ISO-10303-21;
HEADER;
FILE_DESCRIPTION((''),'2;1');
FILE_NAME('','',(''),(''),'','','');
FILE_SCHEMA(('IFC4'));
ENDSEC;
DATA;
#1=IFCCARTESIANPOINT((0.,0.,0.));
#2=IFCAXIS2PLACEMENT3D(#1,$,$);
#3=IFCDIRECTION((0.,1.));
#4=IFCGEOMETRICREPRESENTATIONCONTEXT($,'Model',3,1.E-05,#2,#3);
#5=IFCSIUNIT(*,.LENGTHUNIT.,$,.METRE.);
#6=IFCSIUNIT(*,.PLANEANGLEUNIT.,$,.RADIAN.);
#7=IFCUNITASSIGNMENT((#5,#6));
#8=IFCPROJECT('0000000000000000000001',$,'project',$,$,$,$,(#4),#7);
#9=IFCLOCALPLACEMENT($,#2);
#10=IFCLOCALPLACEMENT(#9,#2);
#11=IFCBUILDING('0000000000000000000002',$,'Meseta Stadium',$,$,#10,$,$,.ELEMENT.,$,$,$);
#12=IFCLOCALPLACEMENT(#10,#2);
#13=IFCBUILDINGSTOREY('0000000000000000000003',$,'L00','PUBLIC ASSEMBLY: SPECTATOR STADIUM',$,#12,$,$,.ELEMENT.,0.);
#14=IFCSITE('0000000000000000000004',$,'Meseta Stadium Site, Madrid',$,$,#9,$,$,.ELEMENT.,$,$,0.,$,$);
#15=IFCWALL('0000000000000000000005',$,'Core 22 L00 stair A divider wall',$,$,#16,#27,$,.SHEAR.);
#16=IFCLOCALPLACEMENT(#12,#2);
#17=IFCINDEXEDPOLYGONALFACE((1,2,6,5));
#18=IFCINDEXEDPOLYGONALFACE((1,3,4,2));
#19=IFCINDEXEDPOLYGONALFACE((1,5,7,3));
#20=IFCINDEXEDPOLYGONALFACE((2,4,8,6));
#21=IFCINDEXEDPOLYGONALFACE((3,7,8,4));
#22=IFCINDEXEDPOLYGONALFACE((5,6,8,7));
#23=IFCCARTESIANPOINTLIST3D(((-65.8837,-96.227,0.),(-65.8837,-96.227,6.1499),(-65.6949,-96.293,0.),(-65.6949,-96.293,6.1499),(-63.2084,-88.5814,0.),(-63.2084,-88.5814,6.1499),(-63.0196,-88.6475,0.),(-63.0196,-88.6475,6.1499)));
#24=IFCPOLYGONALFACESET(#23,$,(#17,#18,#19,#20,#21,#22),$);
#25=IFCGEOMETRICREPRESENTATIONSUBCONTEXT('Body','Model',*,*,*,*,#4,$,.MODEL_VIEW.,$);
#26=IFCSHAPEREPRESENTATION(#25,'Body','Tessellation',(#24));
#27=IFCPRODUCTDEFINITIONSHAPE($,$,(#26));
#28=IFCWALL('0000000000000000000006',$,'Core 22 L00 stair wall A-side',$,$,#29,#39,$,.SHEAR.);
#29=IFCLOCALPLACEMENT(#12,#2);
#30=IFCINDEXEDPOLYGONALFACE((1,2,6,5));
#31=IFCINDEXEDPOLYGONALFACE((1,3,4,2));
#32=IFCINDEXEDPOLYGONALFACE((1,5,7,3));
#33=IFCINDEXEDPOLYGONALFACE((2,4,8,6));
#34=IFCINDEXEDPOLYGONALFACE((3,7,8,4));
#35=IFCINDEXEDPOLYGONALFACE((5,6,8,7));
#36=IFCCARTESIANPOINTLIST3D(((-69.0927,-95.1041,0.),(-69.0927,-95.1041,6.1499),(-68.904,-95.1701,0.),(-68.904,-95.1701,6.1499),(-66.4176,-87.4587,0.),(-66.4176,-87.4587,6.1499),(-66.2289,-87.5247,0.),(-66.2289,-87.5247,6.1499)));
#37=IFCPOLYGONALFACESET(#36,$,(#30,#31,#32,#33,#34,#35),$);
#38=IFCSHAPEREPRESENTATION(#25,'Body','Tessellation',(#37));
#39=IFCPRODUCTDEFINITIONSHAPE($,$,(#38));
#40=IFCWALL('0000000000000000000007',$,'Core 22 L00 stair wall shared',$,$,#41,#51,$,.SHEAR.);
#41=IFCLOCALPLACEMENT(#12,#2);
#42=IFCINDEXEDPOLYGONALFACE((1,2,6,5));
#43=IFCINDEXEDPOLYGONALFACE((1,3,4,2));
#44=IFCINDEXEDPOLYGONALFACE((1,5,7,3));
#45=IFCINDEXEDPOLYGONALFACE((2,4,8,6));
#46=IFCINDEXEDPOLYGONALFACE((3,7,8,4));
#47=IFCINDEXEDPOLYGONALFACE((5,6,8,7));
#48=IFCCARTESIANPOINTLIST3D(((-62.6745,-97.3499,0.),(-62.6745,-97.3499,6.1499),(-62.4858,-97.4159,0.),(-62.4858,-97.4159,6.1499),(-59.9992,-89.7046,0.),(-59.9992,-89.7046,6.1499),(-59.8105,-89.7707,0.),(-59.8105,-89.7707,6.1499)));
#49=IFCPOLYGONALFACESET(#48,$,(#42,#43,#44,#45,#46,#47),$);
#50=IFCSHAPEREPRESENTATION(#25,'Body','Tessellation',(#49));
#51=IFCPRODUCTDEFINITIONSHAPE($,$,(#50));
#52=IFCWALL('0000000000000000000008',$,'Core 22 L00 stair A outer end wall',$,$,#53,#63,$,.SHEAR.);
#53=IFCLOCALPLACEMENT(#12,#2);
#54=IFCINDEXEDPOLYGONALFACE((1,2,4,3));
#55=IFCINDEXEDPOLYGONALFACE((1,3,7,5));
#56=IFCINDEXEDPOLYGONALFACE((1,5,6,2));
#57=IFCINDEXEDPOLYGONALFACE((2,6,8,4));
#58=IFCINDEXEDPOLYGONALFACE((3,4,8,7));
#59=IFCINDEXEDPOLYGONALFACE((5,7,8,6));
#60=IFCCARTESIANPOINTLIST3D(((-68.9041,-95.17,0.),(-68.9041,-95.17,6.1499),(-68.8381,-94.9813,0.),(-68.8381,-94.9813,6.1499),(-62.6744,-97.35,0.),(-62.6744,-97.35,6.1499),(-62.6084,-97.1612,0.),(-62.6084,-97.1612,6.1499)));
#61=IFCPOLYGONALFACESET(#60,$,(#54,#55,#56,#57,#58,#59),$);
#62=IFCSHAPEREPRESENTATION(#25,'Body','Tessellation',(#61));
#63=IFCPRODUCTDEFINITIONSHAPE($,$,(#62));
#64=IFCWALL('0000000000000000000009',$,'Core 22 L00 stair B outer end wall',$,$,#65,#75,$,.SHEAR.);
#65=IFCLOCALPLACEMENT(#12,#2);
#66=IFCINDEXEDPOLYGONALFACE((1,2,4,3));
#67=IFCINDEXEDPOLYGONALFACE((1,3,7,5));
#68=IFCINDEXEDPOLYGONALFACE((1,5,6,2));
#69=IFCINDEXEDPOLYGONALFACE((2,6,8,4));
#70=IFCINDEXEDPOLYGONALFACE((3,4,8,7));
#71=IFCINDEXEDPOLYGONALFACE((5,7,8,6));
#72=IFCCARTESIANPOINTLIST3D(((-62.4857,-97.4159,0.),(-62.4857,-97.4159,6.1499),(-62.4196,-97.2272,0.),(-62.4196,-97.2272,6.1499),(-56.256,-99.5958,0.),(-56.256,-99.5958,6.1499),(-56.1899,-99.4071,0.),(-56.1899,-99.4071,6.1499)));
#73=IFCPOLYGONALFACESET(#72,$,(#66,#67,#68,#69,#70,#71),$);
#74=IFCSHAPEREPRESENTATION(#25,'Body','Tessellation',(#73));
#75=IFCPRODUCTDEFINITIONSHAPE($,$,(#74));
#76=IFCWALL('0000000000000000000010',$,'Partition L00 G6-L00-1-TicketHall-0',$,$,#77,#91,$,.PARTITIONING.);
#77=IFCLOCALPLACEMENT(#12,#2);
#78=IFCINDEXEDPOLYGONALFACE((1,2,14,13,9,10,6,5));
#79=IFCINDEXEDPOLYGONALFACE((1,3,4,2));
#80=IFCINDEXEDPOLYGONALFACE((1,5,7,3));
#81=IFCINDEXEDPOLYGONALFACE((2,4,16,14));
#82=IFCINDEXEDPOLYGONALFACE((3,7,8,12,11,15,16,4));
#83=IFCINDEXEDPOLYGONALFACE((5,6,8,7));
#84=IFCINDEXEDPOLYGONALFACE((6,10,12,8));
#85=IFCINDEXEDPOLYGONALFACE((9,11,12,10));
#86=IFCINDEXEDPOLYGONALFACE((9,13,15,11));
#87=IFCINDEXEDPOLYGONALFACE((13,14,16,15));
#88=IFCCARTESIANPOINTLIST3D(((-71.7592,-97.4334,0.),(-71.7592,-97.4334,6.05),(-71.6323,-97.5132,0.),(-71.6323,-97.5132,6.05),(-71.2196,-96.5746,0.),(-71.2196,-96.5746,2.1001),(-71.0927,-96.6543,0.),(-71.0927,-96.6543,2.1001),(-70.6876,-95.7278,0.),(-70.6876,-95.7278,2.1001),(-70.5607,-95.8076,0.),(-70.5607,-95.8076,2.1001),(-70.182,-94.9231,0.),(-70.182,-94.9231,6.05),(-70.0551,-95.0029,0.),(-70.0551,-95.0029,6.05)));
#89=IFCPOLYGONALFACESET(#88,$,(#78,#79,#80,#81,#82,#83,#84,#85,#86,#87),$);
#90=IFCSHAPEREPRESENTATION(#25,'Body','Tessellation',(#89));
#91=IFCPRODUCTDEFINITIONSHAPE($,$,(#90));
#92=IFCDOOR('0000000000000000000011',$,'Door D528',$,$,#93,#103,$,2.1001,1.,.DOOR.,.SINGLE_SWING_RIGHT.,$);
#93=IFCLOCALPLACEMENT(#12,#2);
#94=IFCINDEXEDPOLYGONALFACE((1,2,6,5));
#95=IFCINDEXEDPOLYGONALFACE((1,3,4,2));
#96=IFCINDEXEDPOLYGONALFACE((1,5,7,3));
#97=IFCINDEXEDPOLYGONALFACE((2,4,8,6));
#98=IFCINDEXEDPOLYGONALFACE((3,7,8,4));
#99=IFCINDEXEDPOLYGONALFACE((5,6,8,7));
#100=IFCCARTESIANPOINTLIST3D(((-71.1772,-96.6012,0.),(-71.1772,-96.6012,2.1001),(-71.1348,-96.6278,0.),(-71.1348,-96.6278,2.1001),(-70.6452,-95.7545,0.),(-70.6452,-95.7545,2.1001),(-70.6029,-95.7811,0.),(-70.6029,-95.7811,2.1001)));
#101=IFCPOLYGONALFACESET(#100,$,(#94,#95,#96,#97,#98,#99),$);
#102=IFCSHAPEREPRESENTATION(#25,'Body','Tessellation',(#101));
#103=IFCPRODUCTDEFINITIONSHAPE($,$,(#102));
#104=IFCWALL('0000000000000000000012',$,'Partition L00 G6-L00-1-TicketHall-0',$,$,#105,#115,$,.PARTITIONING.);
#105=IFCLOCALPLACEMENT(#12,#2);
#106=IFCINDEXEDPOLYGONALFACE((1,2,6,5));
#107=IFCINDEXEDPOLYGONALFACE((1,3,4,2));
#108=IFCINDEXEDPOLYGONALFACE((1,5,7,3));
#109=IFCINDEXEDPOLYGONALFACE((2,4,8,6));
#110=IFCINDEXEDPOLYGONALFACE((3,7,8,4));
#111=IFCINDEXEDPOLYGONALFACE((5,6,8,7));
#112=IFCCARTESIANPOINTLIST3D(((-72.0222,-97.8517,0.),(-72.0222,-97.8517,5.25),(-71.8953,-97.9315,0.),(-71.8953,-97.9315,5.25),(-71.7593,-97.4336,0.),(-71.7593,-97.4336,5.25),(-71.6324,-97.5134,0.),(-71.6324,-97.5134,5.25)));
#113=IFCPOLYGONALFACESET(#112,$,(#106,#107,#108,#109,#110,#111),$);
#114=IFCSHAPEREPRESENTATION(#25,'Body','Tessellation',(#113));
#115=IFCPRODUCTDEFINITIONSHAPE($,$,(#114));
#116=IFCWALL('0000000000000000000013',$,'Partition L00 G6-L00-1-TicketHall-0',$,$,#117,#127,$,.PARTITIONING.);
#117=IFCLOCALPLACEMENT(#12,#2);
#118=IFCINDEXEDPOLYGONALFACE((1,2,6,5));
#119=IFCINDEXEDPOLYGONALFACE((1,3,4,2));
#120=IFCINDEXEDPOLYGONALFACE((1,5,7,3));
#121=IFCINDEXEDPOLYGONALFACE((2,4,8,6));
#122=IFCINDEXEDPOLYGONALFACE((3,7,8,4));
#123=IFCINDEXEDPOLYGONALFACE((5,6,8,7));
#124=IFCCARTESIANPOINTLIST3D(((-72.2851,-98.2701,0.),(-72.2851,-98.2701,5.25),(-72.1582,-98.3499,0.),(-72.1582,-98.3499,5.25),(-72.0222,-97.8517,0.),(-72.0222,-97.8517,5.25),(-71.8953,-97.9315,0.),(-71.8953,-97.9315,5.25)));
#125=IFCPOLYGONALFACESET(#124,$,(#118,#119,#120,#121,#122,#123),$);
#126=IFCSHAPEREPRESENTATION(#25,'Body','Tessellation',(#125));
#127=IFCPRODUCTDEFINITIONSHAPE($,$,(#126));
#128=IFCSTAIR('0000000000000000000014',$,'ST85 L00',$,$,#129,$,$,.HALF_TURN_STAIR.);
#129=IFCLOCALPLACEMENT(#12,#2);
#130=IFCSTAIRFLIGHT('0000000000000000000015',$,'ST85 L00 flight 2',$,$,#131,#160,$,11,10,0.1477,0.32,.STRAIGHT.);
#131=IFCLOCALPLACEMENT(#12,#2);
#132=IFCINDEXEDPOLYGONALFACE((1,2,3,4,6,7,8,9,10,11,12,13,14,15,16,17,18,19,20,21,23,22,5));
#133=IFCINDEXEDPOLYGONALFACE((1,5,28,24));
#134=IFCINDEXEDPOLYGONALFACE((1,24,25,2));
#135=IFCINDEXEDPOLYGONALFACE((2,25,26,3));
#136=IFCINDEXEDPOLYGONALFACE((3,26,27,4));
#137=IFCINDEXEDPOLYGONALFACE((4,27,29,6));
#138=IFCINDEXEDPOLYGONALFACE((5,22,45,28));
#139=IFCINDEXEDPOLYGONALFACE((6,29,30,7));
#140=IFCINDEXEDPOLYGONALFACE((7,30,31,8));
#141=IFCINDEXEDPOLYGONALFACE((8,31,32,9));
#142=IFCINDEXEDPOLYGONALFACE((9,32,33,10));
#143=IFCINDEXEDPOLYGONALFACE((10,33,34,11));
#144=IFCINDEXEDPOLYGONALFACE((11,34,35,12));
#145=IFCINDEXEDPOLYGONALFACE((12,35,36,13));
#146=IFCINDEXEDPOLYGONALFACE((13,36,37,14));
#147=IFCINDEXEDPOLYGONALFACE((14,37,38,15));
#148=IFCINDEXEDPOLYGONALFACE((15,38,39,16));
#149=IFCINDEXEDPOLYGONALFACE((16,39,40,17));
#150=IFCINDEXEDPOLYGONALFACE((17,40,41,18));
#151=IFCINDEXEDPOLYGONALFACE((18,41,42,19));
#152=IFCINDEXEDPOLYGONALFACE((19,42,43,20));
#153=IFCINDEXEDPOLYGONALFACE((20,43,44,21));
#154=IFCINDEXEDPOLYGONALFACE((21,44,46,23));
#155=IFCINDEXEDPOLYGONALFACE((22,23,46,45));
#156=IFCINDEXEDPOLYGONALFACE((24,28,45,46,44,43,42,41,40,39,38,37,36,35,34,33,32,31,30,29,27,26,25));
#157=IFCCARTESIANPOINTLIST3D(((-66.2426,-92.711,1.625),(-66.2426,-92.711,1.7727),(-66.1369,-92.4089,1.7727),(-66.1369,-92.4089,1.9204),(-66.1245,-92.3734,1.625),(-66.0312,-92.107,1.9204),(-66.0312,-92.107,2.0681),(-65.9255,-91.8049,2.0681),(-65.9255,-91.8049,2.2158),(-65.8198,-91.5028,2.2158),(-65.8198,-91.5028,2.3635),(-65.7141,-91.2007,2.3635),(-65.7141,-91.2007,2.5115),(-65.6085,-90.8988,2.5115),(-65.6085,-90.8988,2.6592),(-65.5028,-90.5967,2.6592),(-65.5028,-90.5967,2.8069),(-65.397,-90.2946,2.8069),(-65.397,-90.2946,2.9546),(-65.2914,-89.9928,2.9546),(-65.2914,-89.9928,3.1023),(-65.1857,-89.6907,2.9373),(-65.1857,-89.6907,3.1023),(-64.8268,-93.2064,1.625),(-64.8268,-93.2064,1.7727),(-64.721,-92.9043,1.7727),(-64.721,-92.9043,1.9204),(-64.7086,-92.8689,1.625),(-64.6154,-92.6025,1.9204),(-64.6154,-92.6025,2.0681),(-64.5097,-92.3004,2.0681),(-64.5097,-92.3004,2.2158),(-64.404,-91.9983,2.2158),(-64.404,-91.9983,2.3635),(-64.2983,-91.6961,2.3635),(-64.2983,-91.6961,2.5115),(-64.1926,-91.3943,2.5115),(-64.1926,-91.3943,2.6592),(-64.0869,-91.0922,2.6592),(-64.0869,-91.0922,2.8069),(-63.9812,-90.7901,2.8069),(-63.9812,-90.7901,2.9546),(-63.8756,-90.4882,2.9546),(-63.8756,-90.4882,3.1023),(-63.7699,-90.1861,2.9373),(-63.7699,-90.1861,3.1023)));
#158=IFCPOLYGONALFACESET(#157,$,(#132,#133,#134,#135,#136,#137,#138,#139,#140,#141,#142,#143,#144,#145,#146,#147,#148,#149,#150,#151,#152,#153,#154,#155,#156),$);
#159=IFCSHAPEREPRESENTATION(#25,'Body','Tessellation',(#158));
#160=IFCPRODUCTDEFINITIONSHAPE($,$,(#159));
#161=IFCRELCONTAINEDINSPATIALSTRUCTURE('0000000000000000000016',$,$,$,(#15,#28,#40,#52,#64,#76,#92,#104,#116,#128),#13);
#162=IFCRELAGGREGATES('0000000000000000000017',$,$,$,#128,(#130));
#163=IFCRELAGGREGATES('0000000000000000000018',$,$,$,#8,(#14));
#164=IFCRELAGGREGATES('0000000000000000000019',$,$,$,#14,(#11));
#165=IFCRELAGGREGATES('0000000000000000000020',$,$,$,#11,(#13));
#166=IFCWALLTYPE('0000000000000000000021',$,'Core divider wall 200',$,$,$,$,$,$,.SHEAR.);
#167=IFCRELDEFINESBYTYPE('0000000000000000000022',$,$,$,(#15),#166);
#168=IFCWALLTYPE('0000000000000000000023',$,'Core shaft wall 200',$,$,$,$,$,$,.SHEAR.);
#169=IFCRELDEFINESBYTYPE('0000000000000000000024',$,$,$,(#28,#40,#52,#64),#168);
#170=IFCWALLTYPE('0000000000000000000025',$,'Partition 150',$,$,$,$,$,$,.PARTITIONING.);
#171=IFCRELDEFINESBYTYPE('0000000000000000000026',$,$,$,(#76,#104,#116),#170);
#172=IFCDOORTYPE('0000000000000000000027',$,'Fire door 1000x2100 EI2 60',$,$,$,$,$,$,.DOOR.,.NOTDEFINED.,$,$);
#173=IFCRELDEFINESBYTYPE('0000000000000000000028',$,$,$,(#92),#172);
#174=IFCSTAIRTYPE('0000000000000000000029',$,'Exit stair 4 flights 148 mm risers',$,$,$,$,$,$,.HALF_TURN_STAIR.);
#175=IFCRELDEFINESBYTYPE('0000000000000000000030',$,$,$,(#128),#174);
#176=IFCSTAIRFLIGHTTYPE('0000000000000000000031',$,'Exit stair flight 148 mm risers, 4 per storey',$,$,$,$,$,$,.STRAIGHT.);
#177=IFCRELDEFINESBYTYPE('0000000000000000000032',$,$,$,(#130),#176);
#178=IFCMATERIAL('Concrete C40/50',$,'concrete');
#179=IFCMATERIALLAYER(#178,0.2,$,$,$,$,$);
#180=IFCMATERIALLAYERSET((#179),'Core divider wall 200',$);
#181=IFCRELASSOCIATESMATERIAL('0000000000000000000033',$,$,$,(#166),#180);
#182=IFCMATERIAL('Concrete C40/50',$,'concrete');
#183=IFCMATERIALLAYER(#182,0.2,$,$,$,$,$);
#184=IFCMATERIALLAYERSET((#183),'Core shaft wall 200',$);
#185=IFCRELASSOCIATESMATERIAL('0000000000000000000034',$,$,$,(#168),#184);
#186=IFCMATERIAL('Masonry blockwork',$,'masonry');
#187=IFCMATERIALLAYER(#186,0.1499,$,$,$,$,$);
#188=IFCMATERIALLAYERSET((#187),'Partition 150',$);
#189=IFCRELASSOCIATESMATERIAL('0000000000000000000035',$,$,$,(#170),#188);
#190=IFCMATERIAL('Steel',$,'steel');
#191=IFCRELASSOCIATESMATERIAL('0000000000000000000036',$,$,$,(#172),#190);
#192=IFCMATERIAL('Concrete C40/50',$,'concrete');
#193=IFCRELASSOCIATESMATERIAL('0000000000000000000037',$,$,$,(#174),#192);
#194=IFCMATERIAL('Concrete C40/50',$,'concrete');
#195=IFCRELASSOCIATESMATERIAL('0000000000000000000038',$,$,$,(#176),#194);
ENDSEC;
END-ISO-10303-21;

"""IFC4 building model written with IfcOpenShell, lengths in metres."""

from ifc_helpers import new_model, si_unit, direction, frame, frame_2d, origin, place, context, subcontext, project, spatial, polyline, rectangle, outline, extrude, material, layer, layer_set, type_object, element, fill, aggregate, save


model = new_model("IFC4")

# Units and contexts
model_context = context("Model", 3, precision=1e-05, world=origin(), true_north=direction((0.0, 1.0)))
body_context = subcontext(model_context, "Body", "Model", "MODEL_VIEW")
ifc_project = project(units=[si_unit("LENGTHUNIT", "METRE"), si_unit("PLANEANGLEUNIT", "RADIAN")], contexts=[model_context])

# Site, building, storey
site_placement = place(None, origin())
site = spatial("IfcSite", under=ifc_project, at=site_placement, Name="Meseta Stadium Site, Madrid", CompositionType="ELEMENT", RefElevation=0.0)
building_placement = place(site_placement, origin())
building = spatial("IfcBuilding", under=site, at=building_placement, Name="Meseta Stadium", CompositionType="ELEMENT")
storey_placement = place(building_placement, origin())
storey = spatial("IfcBuildingStorey", under=building, at=storey_placement, Name="L00", Description="PUBLIC ASSEMBLY: SPECTATOR STADIUM", CompositionType="ELEMENT", Elevation=0.0)

# Walls
ifc_material_1 = material(Name="Concrete C40/50", Category="concrete")
ifc_layer_1 = layer(ifc_material_1, 0.2)
ifc_layer_set_1 = layer_set([ifc_layer_1], Name="Core divider wall 200")
wall_type_1 = type_object("IfcWallType", Name="Core divider wall 200", PredefinedType="SHEAR", material=ifc_layer_set_1)
wall_1_placement = place(storey_placement, frame((-65.7893, -96.26, 0.0), z_axis=(0.0, 0.0, 1.0), x_axis=(0.330281, 0.943883, 0.0)))
element("IfcWall", 1, at=wall_1_placement, inside=storey, type_object=wall_type_1, Name="Core 22 L00 stair A divider wall", PredefinedType="SHEAR", context=body_context, shape_type="SweptSolid", body=[
    extrude(rectangle(XDim=8.1001, YDim=0.2, at=frame_2d((4.05, 0.0))), origin(), (0.0, 0.0, 1.0), 6.1499),
])
ifc_material_2 = material(Name="Concrete C40/50", Category="concrete")
ifc_layer_2 = layer(ifc_material_2, 0.2)
ifc_layer_set_2 = layer_set([ifc_layer_2], Name="Core shaft wall 200")
wall_type_2 = type_object("IfcWallType", Name="Core shaft wall 200", PredefinedType="SHEAR", material=ifc_layer_set_2)
for number, where, z_axis, x_axis, name in (
    (2, (-68.9983, -95.137, 0.0), (0.0, 0.0, 1.0), (0.330263, 0.943889, 0.0), "Core 22 L00 stair wall A-side"),
    (3, (-62.5801, -97.3828, 0.0), (0.0, 0.0, 1.0), (0.33029, 0.94388, 0.0), "Core 22 L00 stair wall shared"),
):
    element("IfcWall", number, at=place(storey_placement, frame(where, z_axis=z_axis, x_axis=x_axis)), inside=storey, type_object=wall_type_2, Name=name, PredefinedType="SHEAR", context=body_context, shape_type="SweptSolid", body=[
        extrude(rectangle(XDim=8.0999, YDim=0.2, at=frame_2d((4.0498, 0.0))), origin(), (0.0, 0.0, 1.0), 6.1499),
    ])
for number, where, z_axis, x_axis, name in (
    (4, (-68.8711, -95.0757, 0.0), (0.0, 0.0, 1.0), (0.943881, -0.330286, 0.0), "Core 22 L00 stair A outer end wall"),
    (5, (-62.4526, -97.3215, 0.0), (0.0, 0.0, 1.0), (0.943881, -0.330286, 0.0), "Core 22 L00 stair B outer end wall"),
):
    element("IfcWall", number, at=place(storey_placement, frame(where, z_axis=z_axis, x_axis=x_axis)), inside=storey, type_object=wall_type_2, Name=name, PredefinedType="SHEAR", context=body_context, shape_type="SweptSolid", body=[
        extrude(rectangle(XDim=6.6001, YDim=0.2, at=frame_2d((3.3, 0.0))), origin(), (0.0, 0.0, 1.0), 6.1499),
    ])

# Wall, opening, door
ifc_material_3 = material(Name="Masonry blockwork", Category="masonry")
ifc_layer_3 = layer(ifc_material_3, 0.1499)
ifc_layer_set_3 = layer_set([ifc_layer_3], Name="Partition 150")
wall_type_3 = type_object("IfcWallType", Name="Partition 150", PredefinedType="PARTITIONING", material=ifc_layer_set_3)
wall_2_placement = place(storey_placement, frame((-71.6958, -97.4734, 0.0), z_axis=(0.0, 0.0, 1.0), x_axis=(0.531996, 0.846747, 0.0)))
wall_2 = element("IfcWall", 6, at=wall_2_placement, inside=storey, type_object=wall_type_3, Name="Partition L00 G6-L00-1-TicketHall-0", PredefinedType="PARTITIONING", context=body_context, shape_type="SweptSolid", body=[
    extrude(rectangle(XDim=2.9646, YDim=0.1499, at=frame_2d((1.4824, 0.0))), origin(), (0.0, 0.0, 1.0), 6.05),
])
opening_placement = place(wall_2_placement, frame((1.0144, 0.0, 0.0)))
opening = element("IfcOpeningElement", 7, at=opening_placement, cuts=wall_2, PredefinedType="OPENING", context=body_context, shape_type="SweptSolid", body=[
    extrude(rectangle(XDim=1.0, YDim=2.1001, at=frame_2d((0.5, 1.05))), frame((0.0, 0.085, 0.0), z_axis=(0.0, -1.0, 0.0), x_axis=(1.0, 0.0, 0.0)), (0.0, 0.0, 1.0), 0.1699),
])
ifc_material_4 = material(Name="Steel", Category="steel")
door_type = type_object("IfcDoorType", Name="Fire door 1000x2100 EI2 60", OperationType="NOTDEFINED", PredefinedType="DOOR", material=ifc_material_4)
door_placement = place(opening_placement, origin())
door = element("IfcDoor", 8, at=door_placement, inside=storey, type_object=door_type, Name="Door D528", OperationType="SINGLE_SWING_RIGHT", OverallHeight=2.1001, OverallWidth=1.0, PredefinedType="DOOR", context=body_context, shape_type="SweptSolid", body=[
    extrude(rectangle(XDim=1.0, YDim=2.1001, at=frame_2d((0.5, 1.05))), frame((0.0, 0.0249, 0.0), z_axis=(0.0, -1.0, 0.0), x_axis=(1.0, 0.0, 0.0)), (0.0, 0.0, 1.0), 0.05),
])
fill(opening, door)

# Walls
wall_3_placement = place(storey_placement, frame((-71.6958, -97.4734, 0.0), z_axis=(0.0, 0.0, 1.0), x_axis=(-0.532263, -0.846579, 0.0)))
element("IfcWall", 9, at=wall_3_placement, inside=storey, type_object=wall_type_3, Name="Partition L00 G6-L00-1-TicketHall-0", PredefinedType="PARTITIONING", context=body_context, shape_type="SweptSolid", body=[
    extrude(rectangle(XDim=0.4939, YDim=0.1499, at=frame_2d((0.2471, 0.0))), origin(), (0.0, 0.0, 1.0), 5.25),
])
wall_4_placement = place(storey_placement, frame((-71.9587, -97.8916, 0.0), z_axis=(0.0, 0.0, 1.0), x_axis=(-0.53204, -0.846719, 0.0)))
element("IfcWall", 10, at=wall_4_placement, inside=storey, type_object=wall_type_3, Name="Partition L00 G6-L00-1-TicketHall-0", PredefinedType="PARTITIONING", context=body_context, shape_type="SweptSolid", body=[
    extrude(rectangle(XDim=0.4941, YDim=0.1499, at=frame_2d((0.2471, 0.0))), origin(), (0.0, 0.0, 1.0), 5.25),
])

# Stair, stair flight
ifc_material_5 = material(Name="Concrete C40/50", Category="concrete")
stair_type = type_object("IfcStairType", Name="Exit stair 4 flights 148 mm risers", PredefinedType="HALF_TURN_STAIR", material=ifc_material_5)
stair_1_placement = place(storey_placement, origin())
stair_1 = element("IfcStair", 11, at=stair_1_placement, inside=storey, type_object=stair_type, Name="ST85 L00", PredefinedType="HALF_TURN_STAIR")
ifc_material_6 = material(Name="Concrete C40/50", Category="concrete")
stair_flight_type = type_object("IfcStairFlightType", Name="Exit stair flight 148 mm risers, 4 per storey", PredefinedType="STRAIGHT", material=ifc_material_6)
stair_flight_1_placement = place(storey_placement, frame((-65.5347, -92.9587, 1.625), z_axis=(0.0, 0.0, 1.0), x_axis=(0.330279, 0.943883, 0.0)))
stair_flight_1 = element("IfcStairFlight", 12, at=stair_flight_1_placement, type_object=stair_flight_type, Name="ST85 L00 flight 2", NumberOfRisers=11, NumberOfTreads=10, PredefinedType="STRAIGHT", RiserHeight=0.1477, TreadLength=0.32, context=body_context, shape_type="SweptSolid", body=[
    extrude(outline(polyline([(0.0, 0.0), (0.0, 0.1477), (0.3201, 0.1477), (0.3201, 0.2954), (0.6399, 0.2954), (0.6399, 0.4431), (0.96, 0.4431), (0.96, 0.5908), (1.28, 0.5908), (1.28, 0.7385), (1.6001, 0.7385), (1.6001, 0.8865), (1.9199, 0.8865), (1.9199, 1.0342), (2.24, 1.0342), (2.24, 1.1819), (2.5601, 1.1819), (2.5601, 1.3296), (2.8799, 1.3296), (2.8799, 1.4773), (3.2, 1.4773), (3.2, 1.3123), (0.3577, 0.0), (0.0, 0.0)])), frame((0.0, 0.75, 0.0), z_axis=(0.0, -1.0, 0.0), x_axis=(1.0, 0.0, 0.0)), (0.0, 0.0, 1.0), 1.5),
])
aggregate(stair_1, [stair_flight_1])

save(model, "model.ifc")
